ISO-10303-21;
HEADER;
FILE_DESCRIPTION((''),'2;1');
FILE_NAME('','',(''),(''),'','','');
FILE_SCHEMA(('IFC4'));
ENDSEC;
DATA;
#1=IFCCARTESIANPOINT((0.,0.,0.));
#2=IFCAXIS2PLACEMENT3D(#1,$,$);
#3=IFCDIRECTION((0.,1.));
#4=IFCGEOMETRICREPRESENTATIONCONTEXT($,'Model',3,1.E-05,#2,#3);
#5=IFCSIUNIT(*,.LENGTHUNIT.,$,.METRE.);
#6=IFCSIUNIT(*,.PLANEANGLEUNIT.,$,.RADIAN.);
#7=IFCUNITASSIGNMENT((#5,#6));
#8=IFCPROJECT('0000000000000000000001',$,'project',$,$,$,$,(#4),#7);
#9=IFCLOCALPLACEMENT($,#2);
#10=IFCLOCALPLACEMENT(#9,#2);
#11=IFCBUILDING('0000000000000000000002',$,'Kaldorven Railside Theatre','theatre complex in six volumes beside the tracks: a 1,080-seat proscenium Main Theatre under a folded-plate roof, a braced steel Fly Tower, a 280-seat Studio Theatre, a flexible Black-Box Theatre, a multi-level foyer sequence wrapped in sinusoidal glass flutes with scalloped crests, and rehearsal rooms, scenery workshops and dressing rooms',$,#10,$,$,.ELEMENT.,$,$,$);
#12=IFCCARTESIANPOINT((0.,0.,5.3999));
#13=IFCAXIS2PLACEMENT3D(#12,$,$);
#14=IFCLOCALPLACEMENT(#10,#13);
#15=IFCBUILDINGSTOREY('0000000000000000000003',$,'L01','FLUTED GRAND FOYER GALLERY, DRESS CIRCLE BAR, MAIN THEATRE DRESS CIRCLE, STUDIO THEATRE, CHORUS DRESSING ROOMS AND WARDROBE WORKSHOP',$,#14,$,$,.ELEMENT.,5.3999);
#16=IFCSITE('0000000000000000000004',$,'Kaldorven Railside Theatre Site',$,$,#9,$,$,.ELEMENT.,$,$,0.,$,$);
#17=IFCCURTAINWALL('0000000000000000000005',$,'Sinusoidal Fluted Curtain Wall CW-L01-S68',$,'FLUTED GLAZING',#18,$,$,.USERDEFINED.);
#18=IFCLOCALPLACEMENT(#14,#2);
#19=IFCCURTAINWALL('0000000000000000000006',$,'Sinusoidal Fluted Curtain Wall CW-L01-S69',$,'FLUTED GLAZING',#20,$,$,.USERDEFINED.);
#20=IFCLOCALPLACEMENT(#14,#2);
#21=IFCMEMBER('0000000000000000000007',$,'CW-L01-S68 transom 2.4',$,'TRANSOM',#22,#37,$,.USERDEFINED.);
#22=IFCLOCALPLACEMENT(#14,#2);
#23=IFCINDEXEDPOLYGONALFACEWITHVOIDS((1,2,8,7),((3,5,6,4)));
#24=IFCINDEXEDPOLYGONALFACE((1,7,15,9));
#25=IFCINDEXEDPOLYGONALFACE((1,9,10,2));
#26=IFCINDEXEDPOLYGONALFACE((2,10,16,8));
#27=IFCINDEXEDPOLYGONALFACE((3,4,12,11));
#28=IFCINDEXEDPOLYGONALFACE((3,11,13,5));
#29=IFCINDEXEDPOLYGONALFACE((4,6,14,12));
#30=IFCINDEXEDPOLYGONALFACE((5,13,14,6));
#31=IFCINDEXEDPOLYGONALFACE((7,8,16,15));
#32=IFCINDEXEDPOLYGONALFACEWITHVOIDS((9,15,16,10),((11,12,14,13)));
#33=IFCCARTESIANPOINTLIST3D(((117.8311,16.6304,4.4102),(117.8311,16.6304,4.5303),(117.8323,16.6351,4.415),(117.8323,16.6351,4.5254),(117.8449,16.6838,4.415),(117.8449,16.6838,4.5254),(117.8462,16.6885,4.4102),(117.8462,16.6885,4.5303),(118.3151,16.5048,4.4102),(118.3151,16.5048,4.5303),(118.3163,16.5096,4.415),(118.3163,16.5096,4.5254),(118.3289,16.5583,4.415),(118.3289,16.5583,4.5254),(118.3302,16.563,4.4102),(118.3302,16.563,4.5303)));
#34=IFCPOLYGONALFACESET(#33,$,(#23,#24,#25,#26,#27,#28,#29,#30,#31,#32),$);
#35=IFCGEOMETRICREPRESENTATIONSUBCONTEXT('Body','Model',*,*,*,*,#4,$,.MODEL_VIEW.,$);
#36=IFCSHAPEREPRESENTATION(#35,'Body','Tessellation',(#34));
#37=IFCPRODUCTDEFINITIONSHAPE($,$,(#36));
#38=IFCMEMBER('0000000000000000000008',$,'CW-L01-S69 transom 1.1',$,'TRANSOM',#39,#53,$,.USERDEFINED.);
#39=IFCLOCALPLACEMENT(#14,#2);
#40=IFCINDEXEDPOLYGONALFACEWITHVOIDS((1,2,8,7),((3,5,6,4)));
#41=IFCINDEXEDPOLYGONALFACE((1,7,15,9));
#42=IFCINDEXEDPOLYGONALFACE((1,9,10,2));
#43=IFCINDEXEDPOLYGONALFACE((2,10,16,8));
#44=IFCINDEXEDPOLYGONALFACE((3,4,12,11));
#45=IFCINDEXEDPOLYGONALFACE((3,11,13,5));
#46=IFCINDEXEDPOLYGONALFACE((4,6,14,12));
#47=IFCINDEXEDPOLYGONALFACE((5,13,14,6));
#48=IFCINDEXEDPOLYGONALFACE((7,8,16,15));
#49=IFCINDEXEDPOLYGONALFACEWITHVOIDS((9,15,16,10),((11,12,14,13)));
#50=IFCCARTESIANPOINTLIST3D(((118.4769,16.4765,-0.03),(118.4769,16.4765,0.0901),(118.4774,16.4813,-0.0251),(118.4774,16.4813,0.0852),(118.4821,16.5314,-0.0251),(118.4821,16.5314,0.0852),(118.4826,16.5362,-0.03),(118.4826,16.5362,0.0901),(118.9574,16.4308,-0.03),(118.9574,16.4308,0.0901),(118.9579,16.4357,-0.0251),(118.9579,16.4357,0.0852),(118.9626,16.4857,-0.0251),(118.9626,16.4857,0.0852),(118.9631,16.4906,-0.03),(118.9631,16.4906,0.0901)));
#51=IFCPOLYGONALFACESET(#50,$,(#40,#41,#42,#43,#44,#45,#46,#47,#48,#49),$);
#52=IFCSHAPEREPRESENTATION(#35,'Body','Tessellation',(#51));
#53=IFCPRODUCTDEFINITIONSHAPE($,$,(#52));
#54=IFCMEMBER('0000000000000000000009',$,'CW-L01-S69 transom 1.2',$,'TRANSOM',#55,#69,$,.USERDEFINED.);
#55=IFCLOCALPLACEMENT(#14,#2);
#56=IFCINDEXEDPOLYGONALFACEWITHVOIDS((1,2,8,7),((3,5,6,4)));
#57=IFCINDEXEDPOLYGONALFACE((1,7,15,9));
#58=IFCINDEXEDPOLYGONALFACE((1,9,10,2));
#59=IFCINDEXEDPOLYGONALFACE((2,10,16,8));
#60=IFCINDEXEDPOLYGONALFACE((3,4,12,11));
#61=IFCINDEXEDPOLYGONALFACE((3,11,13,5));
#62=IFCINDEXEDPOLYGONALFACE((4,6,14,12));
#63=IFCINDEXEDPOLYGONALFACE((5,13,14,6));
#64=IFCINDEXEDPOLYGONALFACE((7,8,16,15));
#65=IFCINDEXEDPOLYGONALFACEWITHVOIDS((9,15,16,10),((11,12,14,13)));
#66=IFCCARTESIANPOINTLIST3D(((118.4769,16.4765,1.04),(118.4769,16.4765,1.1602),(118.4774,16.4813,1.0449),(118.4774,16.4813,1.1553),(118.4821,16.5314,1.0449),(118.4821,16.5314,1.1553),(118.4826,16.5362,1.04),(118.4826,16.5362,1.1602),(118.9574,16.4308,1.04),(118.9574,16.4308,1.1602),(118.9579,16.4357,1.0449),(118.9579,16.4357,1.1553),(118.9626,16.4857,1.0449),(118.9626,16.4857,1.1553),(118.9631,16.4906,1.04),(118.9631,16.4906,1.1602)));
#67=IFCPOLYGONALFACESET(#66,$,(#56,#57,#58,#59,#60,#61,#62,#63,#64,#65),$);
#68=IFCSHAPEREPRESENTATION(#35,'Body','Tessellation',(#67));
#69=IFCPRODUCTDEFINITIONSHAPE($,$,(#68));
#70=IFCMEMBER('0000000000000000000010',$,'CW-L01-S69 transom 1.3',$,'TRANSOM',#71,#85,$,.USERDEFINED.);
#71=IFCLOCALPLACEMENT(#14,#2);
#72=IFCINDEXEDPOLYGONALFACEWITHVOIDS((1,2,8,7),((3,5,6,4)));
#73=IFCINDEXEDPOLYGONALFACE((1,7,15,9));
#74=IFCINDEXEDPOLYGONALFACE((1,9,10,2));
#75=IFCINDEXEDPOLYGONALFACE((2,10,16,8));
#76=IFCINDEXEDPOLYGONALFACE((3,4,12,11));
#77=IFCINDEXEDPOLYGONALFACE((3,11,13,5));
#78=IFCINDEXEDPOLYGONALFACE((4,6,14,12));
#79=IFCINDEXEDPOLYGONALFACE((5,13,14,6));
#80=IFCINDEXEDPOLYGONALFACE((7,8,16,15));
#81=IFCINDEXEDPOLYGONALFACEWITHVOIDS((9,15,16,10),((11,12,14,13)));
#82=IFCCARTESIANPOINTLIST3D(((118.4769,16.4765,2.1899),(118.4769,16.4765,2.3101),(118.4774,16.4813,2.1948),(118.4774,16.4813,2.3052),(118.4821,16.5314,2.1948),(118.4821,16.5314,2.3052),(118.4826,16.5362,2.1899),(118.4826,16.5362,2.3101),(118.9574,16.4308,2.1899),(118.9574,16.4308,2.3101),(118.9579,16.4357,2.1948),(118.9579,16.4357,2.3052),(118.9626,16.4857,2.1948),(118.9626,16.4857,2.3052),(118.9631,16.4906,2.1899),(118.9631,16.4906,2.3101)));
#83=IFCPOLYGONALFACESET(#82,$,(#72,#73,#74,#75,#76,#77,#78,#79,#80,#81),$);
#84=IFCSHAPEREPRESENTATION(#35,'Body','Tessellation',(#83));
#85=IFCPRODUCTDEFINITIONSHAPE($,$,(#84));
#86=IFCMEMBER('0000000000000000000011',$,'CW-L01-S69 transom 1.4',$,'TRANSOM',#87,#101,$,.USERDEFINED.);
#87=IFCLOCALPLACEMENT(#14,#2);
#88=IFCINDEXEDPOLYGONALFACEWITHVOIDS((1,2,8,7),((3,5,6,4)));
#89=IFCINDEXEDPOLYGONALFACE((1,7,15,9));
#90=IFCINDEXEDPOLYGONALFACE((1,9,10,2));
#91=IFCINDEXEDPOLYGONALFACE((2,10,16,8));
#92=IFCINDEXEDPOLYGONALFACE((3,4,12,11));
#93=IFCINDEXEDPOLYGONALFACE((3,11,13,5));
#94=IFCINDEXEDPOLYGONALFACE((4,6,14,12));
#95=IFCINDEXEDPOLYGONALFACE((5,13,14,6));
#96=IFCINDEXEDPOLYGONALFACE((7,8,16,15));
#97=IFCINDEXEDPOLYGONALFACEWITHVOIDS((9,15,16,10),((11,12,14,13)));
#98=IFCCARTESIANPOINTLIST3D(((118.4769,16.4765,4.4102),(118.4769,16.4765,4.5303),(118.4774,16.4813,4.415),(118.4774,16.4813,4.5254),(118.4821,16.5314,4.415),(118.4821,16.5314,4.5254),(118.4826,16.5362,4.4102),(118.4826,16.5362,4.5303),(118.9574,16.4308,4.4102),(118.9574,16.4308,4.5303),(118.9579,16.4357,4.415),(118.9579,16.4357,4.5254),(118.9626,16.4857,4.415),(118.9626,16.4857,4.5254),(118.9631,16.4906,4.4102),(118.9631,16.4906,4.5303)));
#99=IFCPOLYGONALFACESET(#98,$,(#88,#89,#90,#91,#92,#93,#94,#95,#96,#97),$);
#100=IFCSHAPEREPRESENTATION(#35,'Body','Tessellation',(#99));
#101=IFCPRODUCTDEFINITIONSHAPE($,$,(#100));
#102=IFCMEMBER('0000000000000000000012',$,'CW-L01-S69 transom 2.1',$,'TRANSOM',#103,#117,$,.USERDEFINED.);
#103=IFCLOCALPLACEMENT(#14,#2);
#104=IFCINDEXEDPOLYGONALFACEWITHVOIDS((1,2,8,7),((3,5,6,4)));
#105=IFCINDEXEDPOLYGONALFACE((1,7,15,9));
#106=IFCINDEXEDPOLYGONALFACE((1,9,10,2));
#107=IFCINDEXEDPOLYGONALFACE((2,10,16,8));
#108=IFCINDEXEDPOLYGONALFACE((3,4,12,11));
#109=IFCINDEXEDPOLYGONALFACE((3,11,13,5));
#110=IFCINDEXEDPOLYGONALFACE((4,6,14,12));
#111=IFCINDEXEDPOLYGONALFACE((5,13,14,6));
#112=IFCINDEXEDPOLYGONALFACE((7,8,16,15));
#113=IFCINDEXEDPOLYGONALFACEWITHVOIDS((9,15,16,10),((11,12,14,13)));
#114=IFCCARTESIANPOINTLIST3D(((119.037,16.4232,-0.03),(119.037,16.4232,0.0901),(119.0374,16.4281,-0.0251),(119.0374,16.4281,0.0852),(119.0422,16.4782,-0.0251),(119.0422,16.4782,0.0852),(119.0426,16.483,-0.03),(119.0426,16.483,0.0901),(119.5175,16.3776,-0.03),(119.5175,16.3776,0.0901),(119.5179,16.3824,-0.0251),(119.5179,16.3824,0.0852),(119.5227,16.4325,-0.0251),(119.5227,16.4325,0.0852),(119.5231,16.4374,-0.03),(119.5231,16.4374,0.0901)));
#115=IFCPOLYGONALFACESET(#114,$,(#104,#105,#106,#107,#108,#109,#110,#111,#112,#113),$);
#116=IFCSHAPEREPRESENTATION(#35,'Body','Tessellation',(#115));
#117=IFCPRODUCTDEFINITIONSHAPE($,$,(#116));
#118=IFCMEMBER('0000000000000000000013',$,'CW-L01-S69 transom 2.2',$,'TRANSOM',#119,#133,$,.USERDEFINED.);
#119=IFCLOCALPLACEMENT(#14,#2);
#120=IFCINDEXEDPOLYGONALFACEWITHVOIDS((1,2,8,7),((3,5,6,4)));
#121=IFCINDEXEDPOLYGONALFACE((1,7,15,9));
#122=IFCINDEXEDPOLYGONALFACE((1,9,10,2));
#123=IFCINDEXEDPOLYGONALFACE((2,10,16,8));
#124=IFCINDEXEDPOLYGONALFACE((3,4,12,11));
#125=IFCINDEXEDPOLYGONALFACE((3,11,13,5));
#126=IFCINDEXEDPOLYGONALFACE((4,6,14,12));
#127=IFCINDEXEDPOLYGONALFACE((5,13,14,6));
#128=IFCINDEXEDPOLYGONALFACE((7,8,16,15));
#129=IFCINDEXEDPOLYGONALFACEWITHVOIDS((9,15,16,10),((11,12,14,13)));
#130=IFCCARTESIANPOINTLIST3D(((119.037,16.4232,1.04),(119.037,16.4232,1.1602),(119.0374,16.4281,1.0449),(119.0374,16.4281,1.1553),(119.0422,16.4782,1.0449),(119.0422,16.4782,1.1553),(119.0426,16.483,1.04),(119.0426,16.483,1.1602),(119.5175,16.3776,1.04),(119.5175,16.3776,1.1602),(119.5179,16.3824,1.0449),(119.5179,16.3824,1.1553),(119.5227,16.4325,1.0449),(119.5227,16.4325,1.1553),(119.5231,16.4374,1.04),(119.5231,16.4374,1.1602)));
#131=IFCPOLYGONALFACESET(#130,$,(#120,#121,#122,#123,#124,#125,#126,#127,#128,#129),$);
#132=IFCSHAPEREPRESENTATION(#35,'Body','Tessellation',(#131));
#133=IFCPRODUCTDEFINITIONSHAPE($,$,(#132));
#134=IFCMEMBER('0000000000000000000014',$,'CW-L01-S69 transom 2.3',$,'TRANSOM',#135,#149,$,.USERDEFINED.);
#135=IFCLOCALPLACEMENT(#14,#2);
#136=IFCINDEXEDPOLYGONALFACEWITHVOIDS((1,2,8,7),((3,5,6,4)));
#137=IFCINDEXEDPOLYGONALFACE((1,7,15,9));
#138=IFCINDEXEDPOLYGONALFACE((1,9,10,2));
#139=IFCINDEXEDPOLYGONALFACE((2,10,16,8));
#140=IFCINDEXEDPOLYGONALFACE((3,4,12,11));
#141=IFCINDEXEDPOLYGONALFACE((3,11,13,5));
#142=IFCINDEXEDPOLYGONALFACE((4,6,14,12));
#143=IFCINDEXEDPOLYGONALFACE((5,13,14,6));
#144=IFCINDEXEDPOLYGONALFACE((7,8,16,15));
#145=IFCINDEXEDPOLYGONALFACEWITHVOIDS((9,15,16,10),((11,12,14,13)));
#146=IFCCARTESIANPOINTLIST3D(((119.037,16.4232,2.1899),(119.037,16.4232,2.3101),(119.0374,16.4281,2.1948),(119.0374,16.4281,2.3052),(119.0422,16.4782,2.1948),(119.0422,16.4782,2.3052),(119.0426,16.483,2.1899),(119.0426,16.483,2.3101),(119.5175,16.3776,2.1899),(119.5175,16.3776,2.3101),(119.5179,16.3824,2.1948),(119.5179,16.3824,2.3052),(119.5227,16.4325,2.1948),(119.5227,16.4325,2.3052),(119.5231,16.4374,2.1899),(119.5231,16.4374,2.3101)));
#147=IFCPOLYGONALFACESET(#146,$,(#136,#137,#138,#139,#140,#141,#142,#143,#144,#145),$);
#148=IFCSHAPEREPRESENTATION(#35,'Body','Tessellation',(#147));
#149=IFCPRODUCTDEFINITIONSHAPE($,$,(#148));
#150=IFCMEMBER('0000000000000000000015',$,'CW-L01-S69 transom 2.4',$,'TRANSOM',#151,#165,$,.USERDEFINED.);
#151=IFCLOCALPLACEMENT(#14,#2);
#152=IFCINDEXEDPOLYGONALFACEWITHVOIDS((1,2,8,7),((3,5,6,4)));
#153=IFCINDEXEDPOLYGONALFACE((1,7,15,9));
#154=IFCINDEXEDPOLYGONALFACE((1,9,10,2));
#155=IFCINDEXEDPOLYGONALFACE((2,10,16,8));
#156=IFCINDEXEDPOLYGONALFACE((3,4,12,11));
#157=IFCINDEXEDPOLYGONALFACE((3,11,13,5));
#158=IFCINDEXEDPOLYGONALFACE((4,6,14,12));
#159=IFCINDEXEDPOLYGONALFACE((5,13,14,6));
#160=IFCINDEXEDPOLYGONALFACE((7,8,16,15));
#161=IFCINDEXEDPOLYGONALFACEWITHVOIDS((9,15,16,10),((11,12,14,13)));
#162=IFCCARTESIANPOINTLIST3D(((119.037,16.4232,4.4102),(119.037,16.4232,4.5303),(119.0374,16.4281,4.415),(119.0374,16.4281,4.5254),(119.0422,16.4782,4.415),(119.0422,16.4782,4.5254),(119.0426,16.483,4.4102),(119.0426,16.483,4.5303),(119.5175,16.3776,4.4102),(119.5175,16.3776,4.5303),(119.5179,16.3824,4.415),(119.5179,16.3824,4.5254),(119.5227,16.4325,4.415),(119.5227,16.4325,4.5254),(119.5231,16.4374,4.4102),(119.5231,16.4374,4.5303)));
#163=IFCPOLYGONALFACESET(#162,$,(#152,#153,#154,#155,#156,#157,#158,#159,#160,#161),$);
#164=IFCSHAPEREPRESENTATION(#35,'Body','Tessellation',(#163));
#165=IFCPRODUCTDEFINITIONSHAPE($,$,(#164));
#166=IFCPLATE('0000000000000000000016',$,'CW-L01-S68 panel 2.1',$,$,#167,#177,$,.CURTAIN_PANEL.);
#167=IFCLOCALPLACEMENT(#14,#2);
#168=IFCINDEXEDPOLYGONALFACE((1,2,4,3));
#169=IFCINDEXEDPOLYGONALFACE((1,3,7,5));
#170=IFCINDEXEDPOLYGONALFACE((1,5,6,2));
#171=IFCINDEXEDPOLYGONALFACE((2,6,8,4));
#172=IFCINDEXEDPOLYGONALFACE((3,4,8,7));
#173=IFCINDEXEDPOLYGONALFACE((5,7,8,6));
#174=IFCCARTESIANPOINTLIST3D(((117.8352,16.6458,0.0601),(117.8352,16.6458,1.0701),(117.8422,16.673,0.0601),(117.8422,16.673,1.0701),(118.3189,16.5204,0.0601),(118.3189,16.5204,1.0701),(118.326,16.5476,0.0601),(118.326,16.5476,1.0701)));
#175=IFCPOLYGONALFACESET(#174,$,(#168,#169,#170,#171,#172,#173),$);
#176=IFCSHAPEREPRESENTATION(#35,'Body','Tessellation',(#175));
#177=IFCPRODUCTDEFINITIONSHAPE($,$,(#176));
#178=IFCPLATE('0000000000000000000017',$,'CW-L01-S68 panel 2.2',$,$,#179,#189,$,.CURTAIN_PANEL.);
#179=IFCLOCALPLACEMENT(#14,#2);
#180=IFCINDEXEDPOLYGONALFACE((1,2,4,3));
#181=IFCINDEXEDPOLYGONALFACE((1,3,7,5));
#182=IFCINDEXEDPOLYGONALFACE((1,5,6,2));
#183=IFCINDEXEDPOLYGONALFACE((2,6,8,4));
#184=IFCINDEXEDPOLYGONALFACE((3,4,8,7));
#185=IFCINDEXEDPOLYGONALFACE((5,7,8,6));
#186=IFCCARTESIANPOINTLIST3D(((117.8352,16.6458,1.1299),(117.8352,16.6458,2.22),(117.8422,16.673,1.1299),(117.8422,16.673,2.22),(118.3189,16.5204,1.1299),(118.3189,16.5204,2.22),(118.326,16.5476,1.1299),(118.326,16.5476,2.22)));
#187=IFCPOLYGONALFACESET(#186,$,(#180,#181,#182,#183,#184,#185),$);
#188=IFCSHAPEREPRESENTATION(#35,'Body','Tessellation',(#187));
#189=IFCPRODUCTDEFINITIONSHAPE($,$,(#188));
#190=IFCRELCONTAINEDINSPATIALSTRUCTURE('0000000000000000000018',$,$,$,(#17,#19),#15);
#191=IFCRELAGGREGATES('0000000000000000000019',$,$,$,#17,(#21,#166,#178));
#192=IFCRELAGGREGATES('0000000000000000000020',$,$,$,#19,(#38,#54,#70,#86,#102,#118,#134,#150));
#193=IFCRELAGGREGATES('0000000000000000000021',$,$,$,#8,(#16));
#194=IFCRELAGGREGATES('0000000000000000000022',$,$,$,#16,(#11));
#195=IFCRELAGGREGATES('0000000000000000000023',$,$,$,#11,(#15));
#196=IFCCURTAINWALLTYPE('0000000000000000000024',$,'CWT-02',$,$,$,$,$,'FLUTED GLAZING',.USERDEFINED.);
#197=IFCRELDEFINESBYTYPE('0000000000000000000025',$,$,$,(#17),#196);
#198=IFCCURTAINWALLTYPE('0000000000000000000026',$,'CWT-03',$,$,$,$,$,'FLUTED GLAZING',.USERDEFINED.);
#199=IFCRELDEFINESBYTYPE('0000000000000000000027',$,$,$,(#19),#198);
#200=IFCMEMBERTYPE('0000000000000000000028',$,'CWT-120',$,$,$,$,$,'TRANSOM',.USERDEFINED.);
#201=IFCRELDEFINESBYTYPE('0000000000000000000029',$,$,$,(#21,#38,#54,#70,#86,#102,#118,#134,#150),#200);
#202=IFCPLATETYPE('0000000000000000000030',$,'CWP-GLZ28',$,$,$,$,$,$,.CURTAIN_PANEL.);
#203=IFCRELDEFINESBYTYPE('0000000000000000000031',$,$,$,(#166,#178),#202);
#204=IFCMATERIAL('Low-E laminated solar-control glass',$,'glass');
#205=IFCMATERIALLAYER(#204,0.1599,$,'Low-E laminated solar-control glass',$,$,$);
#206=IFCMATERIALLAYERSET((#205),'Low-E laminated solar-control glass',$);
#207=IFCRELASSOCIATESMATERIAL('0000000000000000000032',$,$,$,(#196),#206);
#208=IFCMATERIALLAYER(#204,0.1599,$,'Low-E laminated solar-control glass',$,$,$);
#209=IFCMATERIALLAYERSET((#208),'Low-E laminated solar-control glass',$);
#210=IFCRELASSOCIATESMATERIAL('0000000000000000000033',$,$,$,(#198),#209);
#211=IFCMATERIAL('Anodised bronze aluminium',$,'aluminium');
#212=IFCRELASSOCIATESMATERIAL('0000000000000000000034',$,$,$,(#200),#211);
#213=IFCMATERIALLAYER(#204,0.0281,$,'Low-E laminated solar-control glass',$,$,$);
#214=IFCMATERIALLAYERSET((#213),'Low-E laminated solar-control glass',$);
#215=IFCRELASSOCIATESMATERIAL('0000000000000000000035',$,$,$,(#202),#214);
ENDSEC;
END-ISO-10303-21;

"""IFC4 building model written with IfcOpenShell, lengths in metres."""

from ifc_helpers import new_model, si_unit, direction, frame, origin, origin_2d, place, context, subcontext, project, spatial, rectangle, hollow_rectangle, extrude, material, layer, layer_set, material_profile, profile_set, type_object, element, aggregate, save


model = new_model("IFC4")

# Units and contexts
model_context = context("Model", 3, precision=1e-05, world=origin(), true_north=direction((0.0, 1.0)))
body_context = subcontext(model_context, "Body", "Model", "MODEL_VIEW")
ifc_project = project(units=[si_unit("LENGTHUNIT", "METRE"), si_unit("PLANEANGLEUNIT", "RADIAN")], contexts=[model_context])

# Site, building, storey
site_placement = place(None, origin())
site = spatial("IfcSite", under=ifc_project, at=site_placement, Name="Kaldorven Railside Theatre Site", CompositionType="ELEMENT", RefElevation=0.0)
building_placement = place(site_placement, origin())
building = spatial("IfcBuilding", under=site, at=building_placement, Name="Kaldorven Railside Theatre", Description="theatre complex in six volumes beside the tracks: a 1,080-seat proscenium Main Theatre under a folded-plate roof, a braced steel Fly Tower, a 280-seat Studio Theatre, a flexible Black-Box Theatre, a multi-level foyer sequence wrapped in sinusoidal glass flutes with scalloped crests, and rehearsal rooms, scenery workshops and dressing rooms", CompositionType="ELEMENT")
storey_placement = place(building_placement, frame((0.0, 0.0, 5.3999)))
storey = spatial("IfcBuildingStorey", under=building, at=storey_placement, Name="L01", Description="FLUTED GRAND FOYER GALLERY, DRESS CIRCLE BAR, MAIN THEATRE DRESS CIRCLE, STUDIO THEATRE, CHORUS DRESSING ROOMS AND WARDROBE WORKSHOP", CompositionType="ELEMENT", Elevation=5.3999)

# Curtain walls
ifc_material_1 = material(Name="Low-E laminated solar-control glass", Category="glass")
ifc_layer_1 = layer(ifc_material_1, 0.1599, Name="Low-E laminated solar-control glass")
ifc_layer_set_1 = layer_set([ifc_layer_1], Name="Low-E laminated solar-control glass")
curtain_wall_type_1 = type_object("IfcCurtainWallType", Name="CWT-02", ElementType="FLUTED GLAZING", PredefinedType="USERDEFINED", material=ifc_layer_set_1)
curtain_wall_1_placement = place(storey_placement, origin())
curtain_wall_1 = element("IfcCurtainWall", 1, at=curtain_wall_1_placement, inside=storey, type_object=curtain_wall_type_1, Name="Sinusoidal Fluted Curtain Wall CW-L01-S68", ObjectType="FLUTED GLAZING", PredefinedType="USERDEFINED")
ifc_material_2 = material(Name="Anodised bronze aluminium", Category="aluminium")
ifc_layer_2 = layer(ifc_material_1, 0.1599, Name="Low-E laminated solar-control glass")
ifc_layer_set_2 = layer_set([ifc_layer_2], Name="Low-E laminated solar-control glass")
curtain_wall_type_2 = type_object("IfcCurtainWallType", Name="CWT-03", ElementType="FLUTED GLAZING", PredefinedType="USERDEFINED", material=ifc_layer_set_2)
curtain_wall_2_placement = place(storey_placement, origin())
curtain_wall_2 = element("IfcCurtainWall", 2, at=curtain_wall_2_placement, inside=storey, type_object=curtain_wall_type_2, Name="Sinusoidal Fluted Curtain Wall CW-L01-S69", ObjectType="FLUTED GLAZING", PredefinedType="USERDEFINED")

# Members
ifc_material_profile_1 = material_profile(ifc_material_2, hollow_rectangle(XDim=0.0601, YDim=0.1201, WallThickness=0.0049, at=origin_2d()), Name="RHS 120x60x5")
ifc_profile_set_1 = profile_set([ifc_material_profile_1], Name="Anodised bronze aluminium")
member_type_1 = type_object("IfcMemberType", Name="CWT-120", ElementType="TRANSOM", PredefinedType="USERDEFINED", material=ifc_profile_set_1)
member_1_placement = place(storey_placement, frame((117.8386, 16.6594, 4.4702), z_axis=(0.967979, -0.25103, 0.0), x_axis=(0.25103, 0.967979, 0.0)))
member_1 = element("IfcMember", 3, at=member_1_placement, type_object=member_type_1, Name="CW-L01-S68 transom 2.4", ObjectType="TRANSOM", PredefinedType="USERDEFINED", context=body_context, shape_type="SweptSolid", body=[
    extrude(hollow_rectangle(XDim=0.0601, YDim=0.1201, WallThickness=0.0049, at=origin_2d()), origin(), (0.0, 0.0, 1.0), 0.5),
])
member_2_placement = place(storey_placement, frame((118.4797, 16.5063, 0.03), z_axis=(0.995516, -0.094594, 0.0), x_axis=(0.094594, 0.995516, 0.0)))
member_2 = element("IfcMember", 4, at=member_2_placement, type_object=member_type_1, Name="CW-L01-S69 transom 1.1", ObjectType="TRANSOM", PredefinedType="USERDEFINED", context=body_context, shape_type="SweptSolid", body=[
    extrude(hollow_rectangle(XDim=0.0601, YDim=0.1201, WallThickness=0.0049, at=origin_2d()), origin(), (0.0, 0.0, 1.0), 0.4827),
])
member_3_placement = place(storey_placement, frame((118.4797, 16.5063, 1.1001), z_axis=(0.995516, -0.094594, 0.0), x_axis=(0.094594, 0.995516, 0.0)))
member_3 = element("IfcMember", 5, at=member_3_placement, type_object=member_type_1, Name="CW-L01-S69 transom 1.2", ObjectType="TRANSOM", PredefinedType="USERDEFINED", context=body_context, shape_type="SweptSolid", body=[
    extrude(hollow_rectangle(XDim=0.0601, YDim=0.1201, WallThickness=0.0049, at=origin_2d()), origin(), (0.0, 0.0, 1.0), 0.4827),
])
member_4_placement = place(storey_placement, frame((118.4797, 16.5063, 2.25), z_axis=(0.995516, -0.094594, 0.0), x_axis=(0.094594, 0.995516, 0.0)))
member_4 = element("IfcMember", 6, at=member_4_placement, type_object=member_type_1, Name="CW-L01-S69 transom 1.3", ObjectType="TRANSOM", PredefinedType="USERDEFINED", context=body_context, shape_type="SweptSolid", body=[
    extrude(hollow_rectangle(XDim=0.0601, YDim=0.1201, WallThickness=0.0049, at=origin_2d()), origin(), (0.0, 0.0, 1.0), 0.4827),
])
member_5_placement = place(storey_placement, frame((118.4797, 16.5063, 4.4702), z_axis=(0.995516, -0.094594, 0.0), x_axis=(0.094594, 0.995516, 0.0)))
member_5 = element("IfcMember", 7, at=member_5_placement, type_object=member_type_1, Name="CW-L01-S69 transom 1.4", ObjectType="TRANSOM", PredefinedType="USERDEFINED", context=body_context, shape_type="SweptSolid", body=[
    extrude(hollow_rectangle(XDim=0.0601, YDim=0.1201, WallThickness=0.0049, at=origin_2d()), origin(), (0.0, 0.0, 1.0), 0.4827),
])
member_6_placement = place(storey_placement, frame((119.0398, 16.4531, 0.03), z_axis=(0.995516, -0.094594, 0.0), x_axis=(0.094594, 0.995516, 0.0)))
member_6 = element("IfcMember", 8, at=member_6_placement, type_object=member_type_1, Name="CW-L01-S69 transom 2.1", ObjectType="TRANSOM", PredefinedType="USERDEFINED", context=body_context, shape_type="SweptSolid", body=[
    extrude(hollow_rectangle(XDim=0.0601, YDim=0.1201, WallThickness=0.0049, at=origin_2d()), origin(), (0.0, 0.0, 1.0), 0.4827),
])
member_7_placement = place(storey_placement, frame((119.0398, 16.4531, 1.1001), z_axis=(0.995516, -0.094594, 0.0), x_axis=(0.094594, 0.995516, 0.0)))
member_7 = element("IfcMember", 9, at=member_7_placement, type_object=member_type_1, Name="CW-L01-S69 transom 2.2", ObjectType="TRANSOM", PredefinedType="USERDEFINED", context=body_context, shape_type="SweptSolid", body=[
    extrude(hollow_rectangle(XDim=0.0601, YDim=0.1201, WallThickness=0.0049, at=origin_2d()), origin(), (0.0, 0.0, 1.0), 0.4827),
])
member_8_placement = place(storey_placement, frame((119.0398, 16.4531, 2.25), z_axis=(0.995516, -0.094594, 0.0), x_axis=(0.094594, 0.995516, 0.0)))
member_8 = element("IfcMember", 10, at=member_8_placement, type_object=member_type_1, Name="CW-L01-S69 transom 2.3", ObjectType="TRANSOM", PredefinedType="USERDEFINED", context=body_context, shape_type="SweptSolid", body=[
    extrude(hollow_rectangle(XDim=0.0601, YDim=0.1201, WallThickness=0.0049, at=origin_2d()), origin(), (0.0, 0.0, 1.0), 0.4827),
])
member_9_placement = place(storey_placement, frame((119.0398, 16.4531, 4.4702), z_axis=(0.995516, -0.094594, 0.0), x_axis=(0.094594, 0.995516, 0.0)))
member_9 = element("IfcMember", 11, at=member_9_placement, type_object=member_type_1, Name="CW-L01-S69 transom 2.4", ObjectType="TRANSOM", PredefinedType="USERDEFINED", context=body_context, shape_type="SweptSolid", body=[
    extrude(hollow_rectangle(XDim=0.0601, YDim=0.1201, WallThickness=0.0049, at=origin_2d()), origin(), (0.0, 0.0, 1.0), 0.4827),
])

# Plates
ifc_layer_3 = layer(ifc_material_1, 0.0281, Name="Low-E laminated solar-control glass")
ifc_layer_set_3 = layer_set([ifc_layer_3], Name="Low-E laminated solar-control glass")
plate_type = type_object("IfcPlateType", Name="CWP-GLZ28", PredefinedType="CURTAIN_PANEL", material=ifc_layer_set_3)
plate_1_placement = place(storey_placement, frame((118.0806, 16.5967, 0.0601), z_axis=(0.0, 0.0, 1.0), x_axis=(0.967999, -0.250954, 0.0)))
plate_1 = element("IfcPlate", 12, at=plate_1_placement, type_object=plate_type, Name="CW-L01-S68 panel 2.1", PredefinedType="CURTAIN_PANEL", context=body_context, shape_type="SweptSolid", body=[
    extrude(rectangle(XDim=0.4998, YDim=0.0281, at=origin_2d()), origin(), (0.0, 0.0, 1.0), 1.01),
])
plate_2_placement = place(storey_placement, frame((118.0806, 16.5967, 1.1299), z_axis=(0.0, 0.0, 1.0), x_axis=(0.967999, -0.250954, 0.0)))
plate_2 = element("IfcPlate", 13, at=plate_2_placement, type_object=plate_type, Name="CW-L01-S68 panel 2.2", PredefinedType="CURTAIN_PANEL", context=body_context, shape_type="SweptSolid", body=[
    extrude(rectangle(XDim=0.4998, YDim=0.0281, at=origin_2d()), origin(), (0.0, 0.0, 1.0), 1.0901),
])
aggregate(curtain_wall_1, [member_1, plate_1, plate_2])
aggregate(curtain_wall_2, [member_2, member_3, member_4, member_5, member_6, member_7, member_8, member_9])

save(model, "model.ifc")
